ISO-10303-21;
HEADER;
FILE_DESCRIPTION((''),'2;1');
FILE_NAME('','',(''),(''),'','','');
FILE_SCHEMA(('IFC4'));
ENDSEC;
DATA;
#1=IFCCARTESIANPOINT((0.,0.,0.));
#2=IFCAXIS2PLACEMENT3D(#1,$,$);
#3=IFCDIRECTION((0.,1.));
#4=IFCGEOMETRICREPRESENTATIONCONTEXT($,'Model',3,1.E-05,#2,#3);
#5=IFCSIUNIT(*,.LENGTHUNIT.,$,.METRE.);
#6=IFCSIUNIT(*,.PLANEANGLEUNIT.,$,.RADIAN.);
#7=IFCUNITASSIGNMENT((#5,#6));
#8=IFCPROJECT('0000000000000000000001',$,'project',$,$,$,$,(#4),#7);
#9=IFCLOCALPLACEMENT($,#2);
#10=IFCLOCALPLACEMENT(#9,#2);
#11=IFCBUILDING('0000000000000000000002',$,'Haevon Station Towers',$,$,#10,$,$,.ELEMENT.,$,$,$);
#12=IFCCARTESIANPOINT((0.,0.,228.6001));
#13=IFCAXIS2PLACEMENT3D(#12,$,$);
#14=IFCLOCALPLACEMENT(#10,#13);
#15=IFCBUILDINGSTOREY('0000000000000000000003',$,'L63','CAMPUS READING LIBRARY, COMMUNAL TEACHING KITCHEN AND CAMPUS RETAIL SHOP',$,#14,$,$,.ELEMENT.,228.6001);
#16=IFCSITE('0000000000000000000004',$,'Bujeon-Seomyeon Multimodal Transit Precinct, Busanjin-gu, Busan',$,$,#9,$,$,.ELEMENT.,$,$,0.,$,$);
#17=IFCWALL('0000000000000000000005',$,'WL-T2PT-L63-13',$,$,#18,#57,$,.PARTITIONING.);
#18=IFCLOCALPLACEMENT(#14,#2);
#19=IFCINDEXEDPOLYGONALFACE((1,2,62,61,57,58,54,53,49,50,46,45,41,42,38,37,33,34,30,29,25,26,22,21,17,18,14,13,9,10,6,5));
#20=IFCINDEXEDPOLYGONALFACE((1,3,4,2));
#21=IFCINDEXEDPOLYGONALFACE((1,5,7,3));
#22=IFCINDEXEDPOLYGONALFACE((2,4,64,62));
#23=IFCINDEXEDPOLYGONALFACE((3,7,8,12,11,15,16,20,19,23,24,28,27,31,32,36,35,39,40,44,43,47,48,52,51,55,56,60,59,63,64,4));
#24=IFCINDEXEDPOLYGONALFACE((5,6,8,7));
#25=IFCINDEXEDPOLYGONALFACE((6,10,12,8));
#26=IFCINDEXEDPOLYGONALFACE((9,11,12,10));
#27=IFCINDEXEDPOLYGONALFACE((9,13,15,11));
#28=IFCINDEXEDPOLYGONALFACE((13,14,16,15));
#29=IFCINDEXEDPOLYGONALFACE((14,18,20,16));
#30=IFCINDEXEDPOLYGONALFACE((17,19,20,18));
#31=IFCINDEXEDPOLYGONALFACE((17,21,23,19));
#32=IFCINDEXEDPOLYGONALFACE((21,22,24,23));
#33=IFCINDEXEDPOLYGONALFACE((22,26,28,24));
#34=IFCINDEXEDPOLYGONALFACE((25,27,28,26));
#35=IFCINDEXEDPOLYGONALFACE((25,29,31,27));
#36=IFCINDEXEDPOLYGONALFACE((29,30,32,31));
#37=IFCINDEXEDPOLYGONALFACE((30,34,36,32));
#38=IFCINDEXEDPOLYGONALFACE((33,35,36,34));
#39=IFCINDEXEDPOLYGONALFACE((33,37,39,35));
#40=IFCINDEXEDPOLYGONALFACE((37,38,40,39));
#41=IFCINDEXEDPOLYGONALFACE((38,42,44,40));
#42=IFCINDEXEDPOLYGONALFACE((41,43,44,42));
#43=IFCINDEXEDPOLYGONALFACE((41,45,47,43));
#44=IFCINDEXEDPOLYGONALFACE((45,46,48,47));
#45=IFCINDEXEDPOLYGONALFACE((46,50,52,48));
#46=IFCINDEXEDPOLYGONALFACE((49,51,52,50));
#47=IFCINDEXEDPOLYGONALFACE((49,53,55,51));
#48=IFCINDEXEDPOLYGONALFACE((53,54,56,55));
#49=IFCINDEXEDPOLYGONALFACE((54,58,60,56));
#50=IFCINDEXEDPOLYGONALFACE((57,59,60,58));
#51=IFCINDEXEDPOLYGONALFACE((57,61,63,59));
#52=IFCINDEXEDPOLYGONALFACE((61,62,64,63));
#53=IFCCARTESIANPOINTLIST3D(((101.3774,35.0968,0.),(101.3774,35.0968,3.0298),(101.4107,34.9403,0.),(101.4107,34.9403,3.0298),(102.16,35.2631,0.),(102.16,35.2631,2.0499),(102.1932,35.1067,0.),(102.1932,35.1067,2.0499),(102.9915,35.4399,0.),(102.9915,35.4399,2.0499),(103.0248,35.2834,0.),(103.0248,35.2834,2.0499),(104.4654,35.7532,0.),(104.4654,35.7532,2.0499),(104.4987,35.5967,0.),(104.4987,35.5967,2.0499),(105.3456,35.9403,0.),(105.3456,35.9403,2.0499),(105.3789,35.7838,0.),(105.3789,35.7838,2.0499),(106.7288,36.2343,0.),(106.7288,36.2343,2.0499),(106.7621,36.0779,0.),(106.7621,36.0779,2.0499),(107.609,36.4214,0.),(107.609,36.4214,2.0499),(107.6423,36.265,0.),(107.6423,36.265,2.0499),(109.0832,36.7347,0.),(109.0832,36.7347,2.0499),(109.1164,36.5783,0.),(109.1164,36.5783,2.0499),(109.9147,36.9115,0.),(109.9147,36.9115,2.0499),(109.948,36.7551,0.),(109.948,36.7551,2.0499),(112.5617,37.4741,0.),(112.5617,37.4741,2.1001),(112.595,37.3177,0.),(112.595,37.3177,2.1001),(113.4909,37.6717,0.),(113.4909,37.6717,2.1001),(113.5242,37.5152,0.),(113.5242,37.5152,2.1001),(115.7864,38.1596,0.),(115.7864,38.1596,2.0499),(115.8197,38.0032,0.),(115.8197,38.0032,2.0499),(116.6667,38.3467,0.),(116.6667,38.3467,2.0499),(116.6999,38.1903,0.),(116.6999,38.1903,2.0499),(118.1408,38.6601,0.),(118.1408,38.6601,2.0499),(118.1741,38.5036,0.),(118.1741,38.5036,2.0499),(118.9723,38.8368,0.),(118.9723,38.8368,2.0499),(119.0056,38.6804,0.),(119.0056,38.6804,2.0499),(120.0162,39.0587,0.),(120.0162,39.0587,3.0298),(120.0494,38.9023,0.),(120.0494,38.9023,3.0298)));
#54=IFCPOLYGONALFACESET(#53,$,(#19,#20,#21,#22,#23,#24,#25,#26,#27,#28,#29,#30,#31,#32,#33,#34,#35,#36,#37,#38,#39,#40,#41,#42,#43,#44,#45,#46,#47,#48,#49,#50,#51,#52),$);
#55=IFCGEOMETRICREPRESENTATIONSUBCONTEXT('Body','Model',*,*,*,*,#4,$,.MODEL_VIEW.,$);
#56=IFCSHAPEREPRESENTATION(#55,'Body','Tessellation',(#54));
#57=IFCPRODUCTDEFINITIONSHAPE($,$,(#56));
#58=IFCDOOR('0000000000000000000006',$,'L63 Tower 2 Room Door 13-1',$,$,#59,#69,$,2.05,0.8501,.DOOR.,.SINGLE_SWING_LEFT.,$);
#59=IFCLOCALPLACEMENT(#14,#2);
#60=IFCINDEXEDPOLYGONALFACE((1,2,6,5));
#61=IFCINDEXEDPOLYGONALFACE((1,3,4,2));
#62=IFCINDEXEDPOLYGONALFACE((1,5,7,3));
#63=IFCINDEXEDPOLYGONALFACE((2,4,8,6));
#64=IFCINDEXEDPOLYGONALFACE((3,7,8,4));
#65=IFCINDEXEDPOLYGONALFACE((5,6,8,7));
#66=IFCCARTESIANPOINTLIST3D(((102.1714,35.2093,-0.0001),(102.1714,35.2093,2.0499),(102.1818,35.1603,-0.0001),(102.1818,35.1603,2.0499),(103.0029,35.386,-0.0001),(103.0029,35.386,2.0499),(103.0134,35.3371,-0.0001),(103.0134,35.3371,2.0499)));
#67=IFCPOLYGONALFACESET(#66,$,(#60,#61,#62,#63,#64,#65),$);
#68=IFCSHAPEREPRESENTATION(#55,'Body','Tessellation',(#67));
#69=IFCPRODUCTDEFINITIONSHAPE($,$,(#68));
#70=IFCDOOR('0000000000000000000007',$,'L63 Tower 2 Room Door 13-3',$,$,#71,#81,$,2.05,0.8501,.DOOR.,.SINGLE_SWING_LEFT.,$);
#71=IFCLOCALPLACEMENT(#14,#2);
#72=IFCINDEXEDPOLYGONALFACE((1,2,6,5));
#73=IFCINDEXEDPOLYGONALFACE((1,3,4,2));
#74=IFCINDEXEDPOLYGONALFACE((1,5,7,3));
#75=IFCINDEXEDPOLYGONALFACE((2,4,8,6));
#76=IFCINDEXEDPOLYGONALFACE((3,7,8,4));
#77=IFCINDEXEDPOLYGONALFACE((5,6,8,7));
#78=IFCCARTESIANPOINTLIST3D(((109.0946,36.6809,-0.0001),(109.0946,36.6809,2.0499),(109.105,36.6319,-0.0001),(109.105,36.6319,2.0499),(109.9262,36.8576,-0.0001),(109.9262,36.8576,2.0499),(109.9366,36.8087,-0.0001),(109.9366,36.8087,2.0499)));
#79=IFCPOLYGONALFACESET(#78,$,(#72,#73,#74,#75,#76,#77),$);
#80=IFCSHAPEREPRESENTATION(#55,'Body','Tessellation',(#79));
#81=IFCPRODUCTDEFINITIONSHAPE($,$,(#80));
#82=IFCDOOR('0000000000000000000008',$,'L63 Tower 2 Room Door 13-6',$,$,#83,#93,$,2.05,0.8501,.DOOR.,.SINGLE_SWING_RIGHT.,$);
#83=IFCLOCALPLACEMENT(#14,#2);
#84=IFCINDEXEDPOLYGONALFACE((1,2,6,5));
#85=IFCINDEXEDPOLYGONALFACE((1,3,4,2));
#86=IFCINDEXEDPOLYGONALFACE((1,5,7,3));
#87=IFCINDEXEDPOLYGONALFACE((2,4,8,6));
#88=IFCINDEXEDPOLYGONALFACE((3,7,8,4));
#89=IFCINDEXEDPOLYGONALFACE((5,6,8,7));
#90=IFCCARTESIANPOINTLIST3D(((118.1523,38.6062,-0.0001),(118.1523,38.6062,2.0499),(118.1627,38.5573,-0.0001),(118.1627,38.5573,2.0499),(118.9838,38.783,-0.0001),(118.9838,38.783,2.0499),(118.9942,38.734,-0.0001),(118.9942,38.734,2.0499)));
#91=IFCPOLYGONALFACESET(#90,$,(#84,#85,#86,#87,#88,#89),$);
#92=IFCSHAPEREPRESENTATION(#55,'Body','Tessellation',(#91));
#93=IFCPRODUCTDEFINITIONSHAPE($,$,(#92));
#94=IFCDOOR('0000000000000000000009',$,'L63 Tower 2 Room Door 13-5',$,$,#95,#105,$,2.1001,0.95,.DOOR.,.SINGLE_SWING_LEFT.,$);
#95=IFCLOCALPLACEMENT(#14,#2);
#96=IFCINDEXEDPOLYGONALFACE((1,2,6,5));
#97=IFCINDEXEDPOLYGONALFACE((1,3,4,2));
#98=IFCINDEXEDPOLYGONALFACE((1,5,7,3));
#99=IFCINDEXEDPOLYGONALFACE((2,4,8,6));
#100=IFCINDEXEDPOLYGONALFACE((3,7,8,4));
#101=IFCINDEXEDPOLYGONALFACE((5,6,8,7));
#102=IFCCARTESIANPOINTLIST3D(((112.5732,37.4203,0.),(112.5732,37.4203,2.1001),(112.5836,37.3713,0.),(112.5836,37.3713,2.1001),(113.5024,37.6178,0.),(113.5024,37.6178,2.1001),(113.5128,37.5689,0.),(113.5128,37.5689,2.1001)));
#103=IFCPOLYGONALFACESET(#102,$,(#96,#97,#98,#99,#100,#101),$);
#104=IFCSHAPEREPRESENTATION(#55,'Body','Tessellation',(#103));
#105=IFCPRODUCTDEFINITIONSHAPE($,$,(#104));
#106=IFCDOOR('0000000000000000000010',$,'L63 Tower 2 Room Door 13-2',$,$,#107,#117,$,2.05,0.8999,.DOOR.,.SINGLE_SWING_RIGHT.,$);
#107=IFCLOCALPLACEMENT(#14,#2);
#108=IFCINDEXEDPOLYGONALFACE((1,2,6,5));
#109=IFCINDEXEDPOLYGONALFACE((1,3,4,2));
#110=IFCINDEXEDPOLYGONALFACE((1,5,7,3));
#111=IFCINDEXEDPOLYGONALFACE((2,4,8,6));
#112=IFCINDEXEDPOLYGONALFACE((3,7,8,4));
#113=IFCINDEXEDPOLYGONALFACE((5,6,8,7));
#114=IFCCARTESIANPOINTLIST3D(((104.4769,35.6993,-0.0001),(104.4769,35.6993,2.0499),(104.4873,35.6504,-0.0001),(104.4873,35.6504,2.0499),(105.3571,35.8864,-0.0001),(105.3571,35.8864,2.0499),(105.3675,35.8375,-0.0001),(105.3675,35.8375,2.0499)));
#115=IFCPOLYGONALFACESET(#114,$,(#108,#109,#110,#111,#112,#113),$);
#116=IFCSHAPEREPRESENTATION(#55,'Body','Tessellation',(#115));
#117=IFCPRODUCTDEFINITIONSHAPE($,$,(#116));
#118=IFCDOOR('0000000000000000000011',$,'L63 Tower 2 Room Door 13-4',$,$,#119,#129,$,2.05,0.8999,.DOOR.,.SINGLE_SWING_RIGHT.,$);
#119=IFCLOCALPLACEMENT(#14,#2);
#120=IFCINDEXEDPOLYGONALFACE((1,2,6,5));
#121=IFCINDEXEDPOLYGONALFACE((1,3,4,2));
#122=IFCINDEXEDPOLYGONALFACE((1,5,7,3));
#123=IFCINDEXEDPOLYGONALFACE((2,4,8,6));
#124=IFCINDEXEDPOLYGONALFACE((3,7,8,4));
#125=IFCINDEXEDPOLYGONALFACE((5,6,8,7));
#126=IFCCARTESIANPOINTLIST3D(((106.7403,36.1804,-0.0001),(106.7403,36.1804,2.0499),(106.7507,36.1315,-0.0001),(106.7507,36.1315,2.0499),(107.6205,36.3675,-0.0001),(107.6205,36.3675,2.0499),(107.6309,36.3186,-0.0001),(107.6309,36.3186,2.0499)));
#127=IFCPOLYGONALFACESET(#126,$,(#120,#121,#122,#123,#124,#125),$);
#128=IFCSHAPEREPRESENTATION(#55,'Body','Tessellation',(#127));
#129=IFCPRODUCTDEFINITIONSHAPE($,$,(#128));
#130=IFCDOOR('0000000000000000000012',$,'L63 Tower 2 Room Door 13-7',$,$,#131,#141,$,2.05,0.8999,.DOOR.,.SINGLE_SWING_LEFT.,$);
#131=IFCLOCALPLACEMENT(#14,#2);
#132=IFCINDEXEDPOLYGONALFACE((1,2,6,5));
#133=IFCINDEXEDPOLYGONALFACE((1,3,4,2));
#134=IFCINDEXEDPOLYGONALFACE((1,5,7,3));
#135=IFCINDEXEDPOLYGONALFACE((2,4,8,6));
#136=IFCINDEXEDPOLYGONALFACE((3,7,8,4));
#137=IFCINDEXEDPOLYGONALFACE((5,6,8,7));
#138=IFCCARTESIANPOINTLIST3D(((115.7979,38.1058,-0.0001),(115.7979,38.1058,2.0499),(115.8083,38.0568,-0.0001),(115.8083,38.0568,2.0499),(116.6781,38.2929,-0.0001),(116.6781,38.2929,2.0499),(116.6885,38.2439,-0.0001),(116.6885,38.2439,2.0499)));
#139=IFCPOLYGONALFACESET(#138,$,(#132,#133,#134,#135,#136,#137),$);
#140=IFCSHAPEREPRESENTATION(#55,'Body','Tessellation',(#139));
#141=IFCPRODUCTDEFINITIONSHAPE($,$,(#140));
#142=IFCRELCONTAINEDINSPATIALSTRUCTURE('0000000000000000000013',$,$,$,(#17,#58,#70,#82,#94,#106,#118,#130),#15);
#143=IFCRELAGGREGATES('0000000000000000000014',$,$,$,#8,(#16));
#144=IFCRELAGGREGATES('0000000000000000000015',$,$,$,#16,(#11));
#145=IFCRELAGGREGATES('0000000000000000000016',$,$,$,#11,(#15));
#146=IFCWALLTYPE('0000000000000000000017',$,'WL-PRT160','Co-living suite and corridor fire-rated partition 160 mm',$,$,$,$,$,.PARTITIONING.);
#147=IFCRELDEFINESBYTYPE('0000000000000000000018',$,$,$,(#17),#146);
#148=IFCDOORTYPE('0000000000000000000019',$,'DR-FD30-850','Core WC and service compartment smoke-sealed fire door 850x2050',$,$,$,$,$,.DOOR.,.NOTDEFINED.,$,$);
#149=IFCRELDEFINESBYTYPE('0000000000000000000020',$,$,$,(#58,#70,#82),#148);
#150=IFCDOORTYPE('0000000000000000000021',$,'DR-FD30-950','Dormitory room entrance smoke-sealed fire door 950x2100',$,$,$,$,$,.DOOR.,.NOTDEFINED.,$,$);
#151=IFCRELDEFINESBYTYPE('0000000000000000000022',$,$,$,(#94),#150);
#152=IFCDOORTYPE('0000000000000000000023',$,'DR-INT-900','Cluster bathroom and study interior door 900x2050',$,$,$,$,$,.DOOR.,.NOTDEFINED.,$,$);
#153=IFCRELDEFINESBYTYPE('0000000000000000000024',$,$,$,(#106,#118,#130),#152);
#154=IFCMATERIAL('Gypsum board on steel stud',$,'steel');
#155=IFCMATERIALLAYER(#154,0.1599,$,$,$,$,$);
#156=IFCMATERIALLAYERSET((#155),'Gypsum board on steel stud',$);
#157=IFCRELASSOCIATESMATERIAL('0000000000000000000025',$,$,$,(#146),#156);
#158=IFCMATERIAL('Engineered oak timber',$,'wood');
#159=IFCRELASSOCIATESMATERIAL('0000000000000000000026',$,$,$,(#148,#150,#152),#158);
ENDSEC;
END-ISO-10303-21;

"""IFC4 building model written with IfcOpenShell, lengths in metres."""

from ifc_helpers import new_model, si_unit, direction, frame, frame_2d, origin, place, context, subcontext, project, spatial, rectangle, extrude, material, layer, layer_set, type_object, element, fill, save


model = new_model("IFC4")

# Units and contexts
model_context = context("Model", 3, precision=1e-05, world=origin(), true_north=direction((0.0, 1.0)))
body_context = subcontext(model_context, "Body", "Model", "MODEL_VIEW")
ifc_project = project(units=[si_unit("LENGTHUNIT", "METRE"), si_unit("PLANEANGLEUNIT", "RADIAN")], contexts=[model_context])

# Site, building, storey
site_placement = place(None, origin())
site = spatial("IfcSite", under=ifc_project, at=site_placement, Name="Bujeon-Seomyeon Multimodal Transit Precinct, Busanjin-gu, Busan", CompositionType="ELEMENT", RefElevation=0.0)
building_placement = place(site_placement, origin())
building = spatial("IfcBuilding", under=site, at=building_placement, Name="Haevon Station Towers", CompositionType="ELEMENT")
storey_placement = place(building_placement, frame((0.0, 0.0, 228.6001)))
storey = spatial("IfcBuildingStorey", under=building, at=storey_placement, Name="L63", Description="CAMPUS READING LIBRARY, COMMUNAL TEACHING KITCHEN AND CAMPUS RETAIL SHOP", CompositionType="ELEMENT", Elevation=228.6001)

# Shared definitions
ifc_material_1 = material(Name="Gypsum board on steel stud", Category="steel")
ifc_material_2 = material(Name="Engineered oak timber", Category="wood")

# Wall, openings, doors
ifc_layer_1 = layer(ifc_material_1, 0.1599)
ifc_layer_set_1 = layer_set([ifc_layer_1], Name="Gypsum board on steel stud")
wall_type_1 = type_object("IfcWallType", Name="WL-PRT160", Description="Co-living suite and corridor fire-rated partition 160 mm", PredefinedType="PARTITIONING", material=ifc_layer_set_1)
wall_1_placement = place(storey_placement, frame((101.394, 35.0186, 0.0), z_axis=(0.0, 0.0, 1.0), x_axis=(0.978146, 0.207919, 0.0)))
wall_1 = element("IfcWall", 1, at=wall_1_placement, inside=storey, type_object=wall_type_1, Name="WL-T2PT-L63-13", PredefinedType="PARTITIONING", context=body_context, shape_type="SweptSolid", body=[
    extrude(rectangle(XDim=19.0552, YDim=0.1599, at=frame_2d((9.5276, 0.0))), origin(), (0.0, 0.0, 1.0), 3.0298),
])
opening_1_placement = place(wall_1_placement, frame((0.8, 0.0, 0.0)))
opening_1 = element("IfcOpeningElement", 2, at=opening_1_placement, cuts=wall_1, PredefinedType="OPENING", context=body_context, shape_type="SweptSolid", body=[
    extrude(rectangle(XDim=0.8501, YDim=2.05, at=frame_2d((0.425, 1.0249))), frame((0.0, 0.0898, 0.0), z_axis=(0.0, -1.0, 0.0), x_axis=(1.0, 0.0, 0.0)), (0.0, 0.0, 1.0), 0.1799),
])
opening_2_placement = place(wall_1_placement, frame((3.157, 0.0, 0.0)))
opening_2 = element("IfcOpeningElement", 3, at=opening_2_placement, cuts=wall_1, PredefinedType="OPENING", context=body_context, shape_type="SweptSolid", body=[
    extrude(rectangle(XDim=0.8999, YDim=2.05, at=frame_2d((0.45, 1.0249))), frame((0.0, 0.0898, 0.0), z_axis=(0.0, -1.0, 0.0), x_axis=(1.0, 0.0, 0.0)), (0.0, 0.0, 1.0), 0.1799),
])
opening_3_placement = place(wall_1_placement, frame((7.8779, 0.0, 0.0)))
opening_3 = element("IfcOpeningElement", 4, at=opening_3_placement, cuts=wall_1, PredefinedType="OPENING", context=body_context, shape_type="SweptSolid", body=[
    extrude(rectangle(XDim=0.8501, YDim=2.05, at=frame_2d((0.425, 1.0249))), frame((0.0, 0.0898, 0.0), z_axis=(0.0, -1.0, 0.0), x_axis=(1.0, 0.0, 0.0)), (0.0, 0.0, 1.0), 0.1799),
])
opening_4_placement = place(wall_1_placement, frame((5.4709, 0.0, 0.0)))
opening_4 = element("IfcOpeningElement", 5, at=opening_4_placement, cuts=wall_1, PredefinedType="OPENING", context=body_context, shape_type="SweptSolid", body=[
    extrude(rectangle(XDim=0.8999, YDim=2.05, at=frame_2d((0.45, 1.0249))), frame((0.0, 0.0898, 0.0), z_axis=(0.0, -1.0, 0.0), x_axis=(1.0, 0.0, 0.0)), (0.0, 0.0, 1.0), 0.1799),
])
opening_5_placement = place(wall_1_placement, frame((11.4341, 0.0, 0.0)))
opening_5 = element("IfcOpeningElement", 6, at=opening_5_placement, cuts=wall_1, PredefinedType="OPENING", context=body_context, shape_type="SweptSolid", body=[
    extrude(rectangle(XDim=0.95, YDim=2.1001, at=frame_2d((0.4751, 1.05))), frame((0.0, 0.0898, 0.0), z_axis=(0.0, -1.0, 0.0), x_axis=(1.0, 0.0, 0.0)), (0.0, 0.0, 1.0), 0.1799),
])
opening_6_placement = place(wall_1_placement, frame((17.1379, 0.0, 0.0)))
opening_6 = element("IfcOpeningElement", 7, at=opening_6_placement, cuts=wall_1, PredefinedType="OPENING", context=body_context, shape_type="SweptSolid", body=[
    extrude(rectangle(XDim=0.8501, YDim=2.05, at=frame_2d((0.425, 1.0249))), frame((0.0, 0.0898, 0.0), z_axis=(0.0, -1.0, 0.0), x_axis=(1.0, 0.0, 0.0)), (0.0, 0.0, 1.0), 0.1799),
])
opening_7_placement = place(wall_1_placement, frame((14.731, 0.0, 0.0)))
opening_7 = element("IfcOpeningElement", 8, at=opening_7_placement, cuts=wall_1, PredefinedType="OPENING", context=body_context, shape_type="SweptSolid", body=[
    extrude(rectangle(XDim=0.8999, YDim=2.05, at=frame_2d((0.45, 1.0249))), frame((0.0, 0.0898, 0.0), z_axis=(0.0, -1.0, 0.0), x_axis=(1.0, 0.0, 0.0)), (0.0, 0.0, 1.0), 0.1799),
])
door_type_1 = type_object("IfcDoorType", Name="DR-FD30-850", Description="Core WC and service compartment smoke-sealed fire door 850x2050", OperationType="NOTDEFINED", PredefinedType="DOOR", material=ifc_material_2)
door_1_placement = place(opening_1_placement, origin())
door_1 = element("IfcDoor", 9, at=door_1_placement, inside=storey, type_object=door_type_1, Name="L63 Tower 2 Room Door 13-1", OperationType="SINGLE_SWING_LEFT", OverallHeight=2.05, OverallWidth=0.8501, PredefinedType="DOOR", context=body_context, shape_type="SweptSolid", body=[
    extrude(rectangle(XDim=0.8501, YDim=2.05, at=frame_2d((0.425, 1.0249))), frame((0.0, 0.0249, 0.0), z_axis=(0.0, -1.0, 0.0), x_axis=(1.0, 0.0, 0.0)), (0.0, 0.0, 1.0), 0.05),
])
fill(opening_1, door_1)
door_2_placement = place(opening_3_placement, origin())
door_2 = element("IfcDoor", 10, at=door_2_placement, inside=storey, type_object=door_type_1, Name="L63 Tower 2 Room Door 13-3", OperationType="SINGLE_SWING_LEFT", OverallHeight=2.05, OverallWidth=0.8501, PredefinedType="DOOR", context=body_context, shape_type="SweptSolid", body=[
    extrude(rectangle(XDim=0.8501, YDim=2.05, at=frame_2d((0.425, 1.0249))), frame((0.0, 0.0249, 0.0), z_axis=(0.0, -1.0, 0.0), x_axis=(1.0, 0.0, 0.0)), (0.0, 0.0, 1.0), 0.05),
])
fill(opening_3, door_2)
door_3_placement = place(opening_6_placement, origin())
door_3 = element("IfcDoor", 11, at=door_3_placement, inside=storey, type_object=door_type_1, Name="L63 Tower 2 Room Door 13-6", OperationType="SINGLE_SWING_RIGHT", OverallHeight=2.05, OverallWidth=0.8501, PredefinedType="DOOR", context=body_context, shape_type="SweptSolid", body=[
    extrude(rectangle(XDim=0.8501, YDim=2.05, at=frame_2d((0.425, 1.0249))), frame((0.0, 0.0249, 0.0), z_axis=(0.0, -1.0, 0.0), x_axis=(1.0, 0.0, 0.0)), (0.0, 0.0, 1.0), 0.05),
])
fill(opening_6, door_3)
door_type_2 = type_object("IfcDoorType", Name="DR-FD30-950", Description="Dormitory room entrance smoke-sealed fire door 950x2100", OperationType="NOTDEFINED", PredefinedType="DOOR", material=ifc_material_2)
door_4_placement = place(opening_5_placement, origin())
door_4 = element("IfcDoor", 12, at=door_4_placement, inside=storey, type_object=door_type_2, Name="L63 Tower 2 Room Door 13-5", OperationType="SINGLE_SWING_LEFT", OverallHeight=2.1001, OverallWidth=0.95, PredefinedType="DOOR", context=body_context, shape_type="SweptSolid", body=[
    extrude(rectangle(XDim=0.95, YDim=2.1001, at=frame_2d((0.4751, 1.05))), frame((0.0, 0.0249, 0.0), z_axis=(0.0, -1.0, 0.0), x_axis=(1.0, 0.0, 0.0)), (0.0, 0.0, 1.0), 0.05),
])
fill(opening_5, door_4)
door_type_3 = type_object("IfcDoorType", Name="DR-INT-900", Description="Cluster bathroom and study interior door 900x2050", OperationType="NOTDEFINED", PredefinedType="DOOR", material=ifc_material_2)
door_5_placement = place(opening_2_placement, origin())
door_5 = element("IfcDoor", 13, at=door_5_placement, inside=storey, type_object=door_type_3, Name="L63 Tower 2 Room Door 13-2", OperationType="SINGLE_SWING_RIGHT", OverallHeight=2.05, OverallWidth=0.8999, PredefinedType="DOOR", context=body_context, shape_type="SweptSolid", body=[
    extrude(rectangle(XDim=0.8999, YDim=2.05, at=frame_2d((0.45, 1.0249))), frame((0.0, 0.0249, 0.0), z_axis=(0.0, -1.0, 0.0), x_axis=(1.0, 0.0, 0.0)), (0.0, 0.0, 1.0), 0.05),
])
fill(opening_2, door_5)
door_6_placement = place(opening_4_placement, origin())
door_6 = element("IfcDoor", 14, at=door_6_placement, inside=storey, type_object=door_type_3, Name="L63 Tower 2 Room Door 13-4", OperationType="SINGLE_SWING_RIGHT", OverallHeight=2.05, OverallWidth=0.8999, PredefinedType="DOOR", context=body_context, shape_type="SweptSolid", body=[
    extrude(rectangle(XDim=0.8999, YDim=2.05, at=frame_2d((0.45, 1.0249))), frame((0.0, 0.0249, 0.0), z_axis=(0.0, -1.0, 0.0), x_axis=(1.0, 0.0, 0.0)), (0.0, 0.0, 1.0), 0.05),
])
fill(opening_4, door_6)
door_7_placement = place(opening_7_placement, origin())
door_7 = element("IfcDoor", 15, at=door_7_placement, inside=storey, type_object=door_type_3, Name="L63 Tower 2 Room Door 13-7", OperationType="SINGLE_SWING_LEFT", OverallHeight=2.05, OverallWidth=0.8999, PredefinedType="DOOR", context=body_context, shape_type="SweptSolid", body=[
    extrude(rectangle(XDim=0.8999, YDim=2.05, at=frame_2d((0.45, 1.0249))), frame((0.0, 0.0249, 0.0), z_axis=(0.0, -1.0, 0.0), x_axis=(1.0, 0.0, 0.0)), (0.0, 0.0, 1.0), 0.05),
])
fill(opening_7, door_7)

save(model, "model.ifc")
